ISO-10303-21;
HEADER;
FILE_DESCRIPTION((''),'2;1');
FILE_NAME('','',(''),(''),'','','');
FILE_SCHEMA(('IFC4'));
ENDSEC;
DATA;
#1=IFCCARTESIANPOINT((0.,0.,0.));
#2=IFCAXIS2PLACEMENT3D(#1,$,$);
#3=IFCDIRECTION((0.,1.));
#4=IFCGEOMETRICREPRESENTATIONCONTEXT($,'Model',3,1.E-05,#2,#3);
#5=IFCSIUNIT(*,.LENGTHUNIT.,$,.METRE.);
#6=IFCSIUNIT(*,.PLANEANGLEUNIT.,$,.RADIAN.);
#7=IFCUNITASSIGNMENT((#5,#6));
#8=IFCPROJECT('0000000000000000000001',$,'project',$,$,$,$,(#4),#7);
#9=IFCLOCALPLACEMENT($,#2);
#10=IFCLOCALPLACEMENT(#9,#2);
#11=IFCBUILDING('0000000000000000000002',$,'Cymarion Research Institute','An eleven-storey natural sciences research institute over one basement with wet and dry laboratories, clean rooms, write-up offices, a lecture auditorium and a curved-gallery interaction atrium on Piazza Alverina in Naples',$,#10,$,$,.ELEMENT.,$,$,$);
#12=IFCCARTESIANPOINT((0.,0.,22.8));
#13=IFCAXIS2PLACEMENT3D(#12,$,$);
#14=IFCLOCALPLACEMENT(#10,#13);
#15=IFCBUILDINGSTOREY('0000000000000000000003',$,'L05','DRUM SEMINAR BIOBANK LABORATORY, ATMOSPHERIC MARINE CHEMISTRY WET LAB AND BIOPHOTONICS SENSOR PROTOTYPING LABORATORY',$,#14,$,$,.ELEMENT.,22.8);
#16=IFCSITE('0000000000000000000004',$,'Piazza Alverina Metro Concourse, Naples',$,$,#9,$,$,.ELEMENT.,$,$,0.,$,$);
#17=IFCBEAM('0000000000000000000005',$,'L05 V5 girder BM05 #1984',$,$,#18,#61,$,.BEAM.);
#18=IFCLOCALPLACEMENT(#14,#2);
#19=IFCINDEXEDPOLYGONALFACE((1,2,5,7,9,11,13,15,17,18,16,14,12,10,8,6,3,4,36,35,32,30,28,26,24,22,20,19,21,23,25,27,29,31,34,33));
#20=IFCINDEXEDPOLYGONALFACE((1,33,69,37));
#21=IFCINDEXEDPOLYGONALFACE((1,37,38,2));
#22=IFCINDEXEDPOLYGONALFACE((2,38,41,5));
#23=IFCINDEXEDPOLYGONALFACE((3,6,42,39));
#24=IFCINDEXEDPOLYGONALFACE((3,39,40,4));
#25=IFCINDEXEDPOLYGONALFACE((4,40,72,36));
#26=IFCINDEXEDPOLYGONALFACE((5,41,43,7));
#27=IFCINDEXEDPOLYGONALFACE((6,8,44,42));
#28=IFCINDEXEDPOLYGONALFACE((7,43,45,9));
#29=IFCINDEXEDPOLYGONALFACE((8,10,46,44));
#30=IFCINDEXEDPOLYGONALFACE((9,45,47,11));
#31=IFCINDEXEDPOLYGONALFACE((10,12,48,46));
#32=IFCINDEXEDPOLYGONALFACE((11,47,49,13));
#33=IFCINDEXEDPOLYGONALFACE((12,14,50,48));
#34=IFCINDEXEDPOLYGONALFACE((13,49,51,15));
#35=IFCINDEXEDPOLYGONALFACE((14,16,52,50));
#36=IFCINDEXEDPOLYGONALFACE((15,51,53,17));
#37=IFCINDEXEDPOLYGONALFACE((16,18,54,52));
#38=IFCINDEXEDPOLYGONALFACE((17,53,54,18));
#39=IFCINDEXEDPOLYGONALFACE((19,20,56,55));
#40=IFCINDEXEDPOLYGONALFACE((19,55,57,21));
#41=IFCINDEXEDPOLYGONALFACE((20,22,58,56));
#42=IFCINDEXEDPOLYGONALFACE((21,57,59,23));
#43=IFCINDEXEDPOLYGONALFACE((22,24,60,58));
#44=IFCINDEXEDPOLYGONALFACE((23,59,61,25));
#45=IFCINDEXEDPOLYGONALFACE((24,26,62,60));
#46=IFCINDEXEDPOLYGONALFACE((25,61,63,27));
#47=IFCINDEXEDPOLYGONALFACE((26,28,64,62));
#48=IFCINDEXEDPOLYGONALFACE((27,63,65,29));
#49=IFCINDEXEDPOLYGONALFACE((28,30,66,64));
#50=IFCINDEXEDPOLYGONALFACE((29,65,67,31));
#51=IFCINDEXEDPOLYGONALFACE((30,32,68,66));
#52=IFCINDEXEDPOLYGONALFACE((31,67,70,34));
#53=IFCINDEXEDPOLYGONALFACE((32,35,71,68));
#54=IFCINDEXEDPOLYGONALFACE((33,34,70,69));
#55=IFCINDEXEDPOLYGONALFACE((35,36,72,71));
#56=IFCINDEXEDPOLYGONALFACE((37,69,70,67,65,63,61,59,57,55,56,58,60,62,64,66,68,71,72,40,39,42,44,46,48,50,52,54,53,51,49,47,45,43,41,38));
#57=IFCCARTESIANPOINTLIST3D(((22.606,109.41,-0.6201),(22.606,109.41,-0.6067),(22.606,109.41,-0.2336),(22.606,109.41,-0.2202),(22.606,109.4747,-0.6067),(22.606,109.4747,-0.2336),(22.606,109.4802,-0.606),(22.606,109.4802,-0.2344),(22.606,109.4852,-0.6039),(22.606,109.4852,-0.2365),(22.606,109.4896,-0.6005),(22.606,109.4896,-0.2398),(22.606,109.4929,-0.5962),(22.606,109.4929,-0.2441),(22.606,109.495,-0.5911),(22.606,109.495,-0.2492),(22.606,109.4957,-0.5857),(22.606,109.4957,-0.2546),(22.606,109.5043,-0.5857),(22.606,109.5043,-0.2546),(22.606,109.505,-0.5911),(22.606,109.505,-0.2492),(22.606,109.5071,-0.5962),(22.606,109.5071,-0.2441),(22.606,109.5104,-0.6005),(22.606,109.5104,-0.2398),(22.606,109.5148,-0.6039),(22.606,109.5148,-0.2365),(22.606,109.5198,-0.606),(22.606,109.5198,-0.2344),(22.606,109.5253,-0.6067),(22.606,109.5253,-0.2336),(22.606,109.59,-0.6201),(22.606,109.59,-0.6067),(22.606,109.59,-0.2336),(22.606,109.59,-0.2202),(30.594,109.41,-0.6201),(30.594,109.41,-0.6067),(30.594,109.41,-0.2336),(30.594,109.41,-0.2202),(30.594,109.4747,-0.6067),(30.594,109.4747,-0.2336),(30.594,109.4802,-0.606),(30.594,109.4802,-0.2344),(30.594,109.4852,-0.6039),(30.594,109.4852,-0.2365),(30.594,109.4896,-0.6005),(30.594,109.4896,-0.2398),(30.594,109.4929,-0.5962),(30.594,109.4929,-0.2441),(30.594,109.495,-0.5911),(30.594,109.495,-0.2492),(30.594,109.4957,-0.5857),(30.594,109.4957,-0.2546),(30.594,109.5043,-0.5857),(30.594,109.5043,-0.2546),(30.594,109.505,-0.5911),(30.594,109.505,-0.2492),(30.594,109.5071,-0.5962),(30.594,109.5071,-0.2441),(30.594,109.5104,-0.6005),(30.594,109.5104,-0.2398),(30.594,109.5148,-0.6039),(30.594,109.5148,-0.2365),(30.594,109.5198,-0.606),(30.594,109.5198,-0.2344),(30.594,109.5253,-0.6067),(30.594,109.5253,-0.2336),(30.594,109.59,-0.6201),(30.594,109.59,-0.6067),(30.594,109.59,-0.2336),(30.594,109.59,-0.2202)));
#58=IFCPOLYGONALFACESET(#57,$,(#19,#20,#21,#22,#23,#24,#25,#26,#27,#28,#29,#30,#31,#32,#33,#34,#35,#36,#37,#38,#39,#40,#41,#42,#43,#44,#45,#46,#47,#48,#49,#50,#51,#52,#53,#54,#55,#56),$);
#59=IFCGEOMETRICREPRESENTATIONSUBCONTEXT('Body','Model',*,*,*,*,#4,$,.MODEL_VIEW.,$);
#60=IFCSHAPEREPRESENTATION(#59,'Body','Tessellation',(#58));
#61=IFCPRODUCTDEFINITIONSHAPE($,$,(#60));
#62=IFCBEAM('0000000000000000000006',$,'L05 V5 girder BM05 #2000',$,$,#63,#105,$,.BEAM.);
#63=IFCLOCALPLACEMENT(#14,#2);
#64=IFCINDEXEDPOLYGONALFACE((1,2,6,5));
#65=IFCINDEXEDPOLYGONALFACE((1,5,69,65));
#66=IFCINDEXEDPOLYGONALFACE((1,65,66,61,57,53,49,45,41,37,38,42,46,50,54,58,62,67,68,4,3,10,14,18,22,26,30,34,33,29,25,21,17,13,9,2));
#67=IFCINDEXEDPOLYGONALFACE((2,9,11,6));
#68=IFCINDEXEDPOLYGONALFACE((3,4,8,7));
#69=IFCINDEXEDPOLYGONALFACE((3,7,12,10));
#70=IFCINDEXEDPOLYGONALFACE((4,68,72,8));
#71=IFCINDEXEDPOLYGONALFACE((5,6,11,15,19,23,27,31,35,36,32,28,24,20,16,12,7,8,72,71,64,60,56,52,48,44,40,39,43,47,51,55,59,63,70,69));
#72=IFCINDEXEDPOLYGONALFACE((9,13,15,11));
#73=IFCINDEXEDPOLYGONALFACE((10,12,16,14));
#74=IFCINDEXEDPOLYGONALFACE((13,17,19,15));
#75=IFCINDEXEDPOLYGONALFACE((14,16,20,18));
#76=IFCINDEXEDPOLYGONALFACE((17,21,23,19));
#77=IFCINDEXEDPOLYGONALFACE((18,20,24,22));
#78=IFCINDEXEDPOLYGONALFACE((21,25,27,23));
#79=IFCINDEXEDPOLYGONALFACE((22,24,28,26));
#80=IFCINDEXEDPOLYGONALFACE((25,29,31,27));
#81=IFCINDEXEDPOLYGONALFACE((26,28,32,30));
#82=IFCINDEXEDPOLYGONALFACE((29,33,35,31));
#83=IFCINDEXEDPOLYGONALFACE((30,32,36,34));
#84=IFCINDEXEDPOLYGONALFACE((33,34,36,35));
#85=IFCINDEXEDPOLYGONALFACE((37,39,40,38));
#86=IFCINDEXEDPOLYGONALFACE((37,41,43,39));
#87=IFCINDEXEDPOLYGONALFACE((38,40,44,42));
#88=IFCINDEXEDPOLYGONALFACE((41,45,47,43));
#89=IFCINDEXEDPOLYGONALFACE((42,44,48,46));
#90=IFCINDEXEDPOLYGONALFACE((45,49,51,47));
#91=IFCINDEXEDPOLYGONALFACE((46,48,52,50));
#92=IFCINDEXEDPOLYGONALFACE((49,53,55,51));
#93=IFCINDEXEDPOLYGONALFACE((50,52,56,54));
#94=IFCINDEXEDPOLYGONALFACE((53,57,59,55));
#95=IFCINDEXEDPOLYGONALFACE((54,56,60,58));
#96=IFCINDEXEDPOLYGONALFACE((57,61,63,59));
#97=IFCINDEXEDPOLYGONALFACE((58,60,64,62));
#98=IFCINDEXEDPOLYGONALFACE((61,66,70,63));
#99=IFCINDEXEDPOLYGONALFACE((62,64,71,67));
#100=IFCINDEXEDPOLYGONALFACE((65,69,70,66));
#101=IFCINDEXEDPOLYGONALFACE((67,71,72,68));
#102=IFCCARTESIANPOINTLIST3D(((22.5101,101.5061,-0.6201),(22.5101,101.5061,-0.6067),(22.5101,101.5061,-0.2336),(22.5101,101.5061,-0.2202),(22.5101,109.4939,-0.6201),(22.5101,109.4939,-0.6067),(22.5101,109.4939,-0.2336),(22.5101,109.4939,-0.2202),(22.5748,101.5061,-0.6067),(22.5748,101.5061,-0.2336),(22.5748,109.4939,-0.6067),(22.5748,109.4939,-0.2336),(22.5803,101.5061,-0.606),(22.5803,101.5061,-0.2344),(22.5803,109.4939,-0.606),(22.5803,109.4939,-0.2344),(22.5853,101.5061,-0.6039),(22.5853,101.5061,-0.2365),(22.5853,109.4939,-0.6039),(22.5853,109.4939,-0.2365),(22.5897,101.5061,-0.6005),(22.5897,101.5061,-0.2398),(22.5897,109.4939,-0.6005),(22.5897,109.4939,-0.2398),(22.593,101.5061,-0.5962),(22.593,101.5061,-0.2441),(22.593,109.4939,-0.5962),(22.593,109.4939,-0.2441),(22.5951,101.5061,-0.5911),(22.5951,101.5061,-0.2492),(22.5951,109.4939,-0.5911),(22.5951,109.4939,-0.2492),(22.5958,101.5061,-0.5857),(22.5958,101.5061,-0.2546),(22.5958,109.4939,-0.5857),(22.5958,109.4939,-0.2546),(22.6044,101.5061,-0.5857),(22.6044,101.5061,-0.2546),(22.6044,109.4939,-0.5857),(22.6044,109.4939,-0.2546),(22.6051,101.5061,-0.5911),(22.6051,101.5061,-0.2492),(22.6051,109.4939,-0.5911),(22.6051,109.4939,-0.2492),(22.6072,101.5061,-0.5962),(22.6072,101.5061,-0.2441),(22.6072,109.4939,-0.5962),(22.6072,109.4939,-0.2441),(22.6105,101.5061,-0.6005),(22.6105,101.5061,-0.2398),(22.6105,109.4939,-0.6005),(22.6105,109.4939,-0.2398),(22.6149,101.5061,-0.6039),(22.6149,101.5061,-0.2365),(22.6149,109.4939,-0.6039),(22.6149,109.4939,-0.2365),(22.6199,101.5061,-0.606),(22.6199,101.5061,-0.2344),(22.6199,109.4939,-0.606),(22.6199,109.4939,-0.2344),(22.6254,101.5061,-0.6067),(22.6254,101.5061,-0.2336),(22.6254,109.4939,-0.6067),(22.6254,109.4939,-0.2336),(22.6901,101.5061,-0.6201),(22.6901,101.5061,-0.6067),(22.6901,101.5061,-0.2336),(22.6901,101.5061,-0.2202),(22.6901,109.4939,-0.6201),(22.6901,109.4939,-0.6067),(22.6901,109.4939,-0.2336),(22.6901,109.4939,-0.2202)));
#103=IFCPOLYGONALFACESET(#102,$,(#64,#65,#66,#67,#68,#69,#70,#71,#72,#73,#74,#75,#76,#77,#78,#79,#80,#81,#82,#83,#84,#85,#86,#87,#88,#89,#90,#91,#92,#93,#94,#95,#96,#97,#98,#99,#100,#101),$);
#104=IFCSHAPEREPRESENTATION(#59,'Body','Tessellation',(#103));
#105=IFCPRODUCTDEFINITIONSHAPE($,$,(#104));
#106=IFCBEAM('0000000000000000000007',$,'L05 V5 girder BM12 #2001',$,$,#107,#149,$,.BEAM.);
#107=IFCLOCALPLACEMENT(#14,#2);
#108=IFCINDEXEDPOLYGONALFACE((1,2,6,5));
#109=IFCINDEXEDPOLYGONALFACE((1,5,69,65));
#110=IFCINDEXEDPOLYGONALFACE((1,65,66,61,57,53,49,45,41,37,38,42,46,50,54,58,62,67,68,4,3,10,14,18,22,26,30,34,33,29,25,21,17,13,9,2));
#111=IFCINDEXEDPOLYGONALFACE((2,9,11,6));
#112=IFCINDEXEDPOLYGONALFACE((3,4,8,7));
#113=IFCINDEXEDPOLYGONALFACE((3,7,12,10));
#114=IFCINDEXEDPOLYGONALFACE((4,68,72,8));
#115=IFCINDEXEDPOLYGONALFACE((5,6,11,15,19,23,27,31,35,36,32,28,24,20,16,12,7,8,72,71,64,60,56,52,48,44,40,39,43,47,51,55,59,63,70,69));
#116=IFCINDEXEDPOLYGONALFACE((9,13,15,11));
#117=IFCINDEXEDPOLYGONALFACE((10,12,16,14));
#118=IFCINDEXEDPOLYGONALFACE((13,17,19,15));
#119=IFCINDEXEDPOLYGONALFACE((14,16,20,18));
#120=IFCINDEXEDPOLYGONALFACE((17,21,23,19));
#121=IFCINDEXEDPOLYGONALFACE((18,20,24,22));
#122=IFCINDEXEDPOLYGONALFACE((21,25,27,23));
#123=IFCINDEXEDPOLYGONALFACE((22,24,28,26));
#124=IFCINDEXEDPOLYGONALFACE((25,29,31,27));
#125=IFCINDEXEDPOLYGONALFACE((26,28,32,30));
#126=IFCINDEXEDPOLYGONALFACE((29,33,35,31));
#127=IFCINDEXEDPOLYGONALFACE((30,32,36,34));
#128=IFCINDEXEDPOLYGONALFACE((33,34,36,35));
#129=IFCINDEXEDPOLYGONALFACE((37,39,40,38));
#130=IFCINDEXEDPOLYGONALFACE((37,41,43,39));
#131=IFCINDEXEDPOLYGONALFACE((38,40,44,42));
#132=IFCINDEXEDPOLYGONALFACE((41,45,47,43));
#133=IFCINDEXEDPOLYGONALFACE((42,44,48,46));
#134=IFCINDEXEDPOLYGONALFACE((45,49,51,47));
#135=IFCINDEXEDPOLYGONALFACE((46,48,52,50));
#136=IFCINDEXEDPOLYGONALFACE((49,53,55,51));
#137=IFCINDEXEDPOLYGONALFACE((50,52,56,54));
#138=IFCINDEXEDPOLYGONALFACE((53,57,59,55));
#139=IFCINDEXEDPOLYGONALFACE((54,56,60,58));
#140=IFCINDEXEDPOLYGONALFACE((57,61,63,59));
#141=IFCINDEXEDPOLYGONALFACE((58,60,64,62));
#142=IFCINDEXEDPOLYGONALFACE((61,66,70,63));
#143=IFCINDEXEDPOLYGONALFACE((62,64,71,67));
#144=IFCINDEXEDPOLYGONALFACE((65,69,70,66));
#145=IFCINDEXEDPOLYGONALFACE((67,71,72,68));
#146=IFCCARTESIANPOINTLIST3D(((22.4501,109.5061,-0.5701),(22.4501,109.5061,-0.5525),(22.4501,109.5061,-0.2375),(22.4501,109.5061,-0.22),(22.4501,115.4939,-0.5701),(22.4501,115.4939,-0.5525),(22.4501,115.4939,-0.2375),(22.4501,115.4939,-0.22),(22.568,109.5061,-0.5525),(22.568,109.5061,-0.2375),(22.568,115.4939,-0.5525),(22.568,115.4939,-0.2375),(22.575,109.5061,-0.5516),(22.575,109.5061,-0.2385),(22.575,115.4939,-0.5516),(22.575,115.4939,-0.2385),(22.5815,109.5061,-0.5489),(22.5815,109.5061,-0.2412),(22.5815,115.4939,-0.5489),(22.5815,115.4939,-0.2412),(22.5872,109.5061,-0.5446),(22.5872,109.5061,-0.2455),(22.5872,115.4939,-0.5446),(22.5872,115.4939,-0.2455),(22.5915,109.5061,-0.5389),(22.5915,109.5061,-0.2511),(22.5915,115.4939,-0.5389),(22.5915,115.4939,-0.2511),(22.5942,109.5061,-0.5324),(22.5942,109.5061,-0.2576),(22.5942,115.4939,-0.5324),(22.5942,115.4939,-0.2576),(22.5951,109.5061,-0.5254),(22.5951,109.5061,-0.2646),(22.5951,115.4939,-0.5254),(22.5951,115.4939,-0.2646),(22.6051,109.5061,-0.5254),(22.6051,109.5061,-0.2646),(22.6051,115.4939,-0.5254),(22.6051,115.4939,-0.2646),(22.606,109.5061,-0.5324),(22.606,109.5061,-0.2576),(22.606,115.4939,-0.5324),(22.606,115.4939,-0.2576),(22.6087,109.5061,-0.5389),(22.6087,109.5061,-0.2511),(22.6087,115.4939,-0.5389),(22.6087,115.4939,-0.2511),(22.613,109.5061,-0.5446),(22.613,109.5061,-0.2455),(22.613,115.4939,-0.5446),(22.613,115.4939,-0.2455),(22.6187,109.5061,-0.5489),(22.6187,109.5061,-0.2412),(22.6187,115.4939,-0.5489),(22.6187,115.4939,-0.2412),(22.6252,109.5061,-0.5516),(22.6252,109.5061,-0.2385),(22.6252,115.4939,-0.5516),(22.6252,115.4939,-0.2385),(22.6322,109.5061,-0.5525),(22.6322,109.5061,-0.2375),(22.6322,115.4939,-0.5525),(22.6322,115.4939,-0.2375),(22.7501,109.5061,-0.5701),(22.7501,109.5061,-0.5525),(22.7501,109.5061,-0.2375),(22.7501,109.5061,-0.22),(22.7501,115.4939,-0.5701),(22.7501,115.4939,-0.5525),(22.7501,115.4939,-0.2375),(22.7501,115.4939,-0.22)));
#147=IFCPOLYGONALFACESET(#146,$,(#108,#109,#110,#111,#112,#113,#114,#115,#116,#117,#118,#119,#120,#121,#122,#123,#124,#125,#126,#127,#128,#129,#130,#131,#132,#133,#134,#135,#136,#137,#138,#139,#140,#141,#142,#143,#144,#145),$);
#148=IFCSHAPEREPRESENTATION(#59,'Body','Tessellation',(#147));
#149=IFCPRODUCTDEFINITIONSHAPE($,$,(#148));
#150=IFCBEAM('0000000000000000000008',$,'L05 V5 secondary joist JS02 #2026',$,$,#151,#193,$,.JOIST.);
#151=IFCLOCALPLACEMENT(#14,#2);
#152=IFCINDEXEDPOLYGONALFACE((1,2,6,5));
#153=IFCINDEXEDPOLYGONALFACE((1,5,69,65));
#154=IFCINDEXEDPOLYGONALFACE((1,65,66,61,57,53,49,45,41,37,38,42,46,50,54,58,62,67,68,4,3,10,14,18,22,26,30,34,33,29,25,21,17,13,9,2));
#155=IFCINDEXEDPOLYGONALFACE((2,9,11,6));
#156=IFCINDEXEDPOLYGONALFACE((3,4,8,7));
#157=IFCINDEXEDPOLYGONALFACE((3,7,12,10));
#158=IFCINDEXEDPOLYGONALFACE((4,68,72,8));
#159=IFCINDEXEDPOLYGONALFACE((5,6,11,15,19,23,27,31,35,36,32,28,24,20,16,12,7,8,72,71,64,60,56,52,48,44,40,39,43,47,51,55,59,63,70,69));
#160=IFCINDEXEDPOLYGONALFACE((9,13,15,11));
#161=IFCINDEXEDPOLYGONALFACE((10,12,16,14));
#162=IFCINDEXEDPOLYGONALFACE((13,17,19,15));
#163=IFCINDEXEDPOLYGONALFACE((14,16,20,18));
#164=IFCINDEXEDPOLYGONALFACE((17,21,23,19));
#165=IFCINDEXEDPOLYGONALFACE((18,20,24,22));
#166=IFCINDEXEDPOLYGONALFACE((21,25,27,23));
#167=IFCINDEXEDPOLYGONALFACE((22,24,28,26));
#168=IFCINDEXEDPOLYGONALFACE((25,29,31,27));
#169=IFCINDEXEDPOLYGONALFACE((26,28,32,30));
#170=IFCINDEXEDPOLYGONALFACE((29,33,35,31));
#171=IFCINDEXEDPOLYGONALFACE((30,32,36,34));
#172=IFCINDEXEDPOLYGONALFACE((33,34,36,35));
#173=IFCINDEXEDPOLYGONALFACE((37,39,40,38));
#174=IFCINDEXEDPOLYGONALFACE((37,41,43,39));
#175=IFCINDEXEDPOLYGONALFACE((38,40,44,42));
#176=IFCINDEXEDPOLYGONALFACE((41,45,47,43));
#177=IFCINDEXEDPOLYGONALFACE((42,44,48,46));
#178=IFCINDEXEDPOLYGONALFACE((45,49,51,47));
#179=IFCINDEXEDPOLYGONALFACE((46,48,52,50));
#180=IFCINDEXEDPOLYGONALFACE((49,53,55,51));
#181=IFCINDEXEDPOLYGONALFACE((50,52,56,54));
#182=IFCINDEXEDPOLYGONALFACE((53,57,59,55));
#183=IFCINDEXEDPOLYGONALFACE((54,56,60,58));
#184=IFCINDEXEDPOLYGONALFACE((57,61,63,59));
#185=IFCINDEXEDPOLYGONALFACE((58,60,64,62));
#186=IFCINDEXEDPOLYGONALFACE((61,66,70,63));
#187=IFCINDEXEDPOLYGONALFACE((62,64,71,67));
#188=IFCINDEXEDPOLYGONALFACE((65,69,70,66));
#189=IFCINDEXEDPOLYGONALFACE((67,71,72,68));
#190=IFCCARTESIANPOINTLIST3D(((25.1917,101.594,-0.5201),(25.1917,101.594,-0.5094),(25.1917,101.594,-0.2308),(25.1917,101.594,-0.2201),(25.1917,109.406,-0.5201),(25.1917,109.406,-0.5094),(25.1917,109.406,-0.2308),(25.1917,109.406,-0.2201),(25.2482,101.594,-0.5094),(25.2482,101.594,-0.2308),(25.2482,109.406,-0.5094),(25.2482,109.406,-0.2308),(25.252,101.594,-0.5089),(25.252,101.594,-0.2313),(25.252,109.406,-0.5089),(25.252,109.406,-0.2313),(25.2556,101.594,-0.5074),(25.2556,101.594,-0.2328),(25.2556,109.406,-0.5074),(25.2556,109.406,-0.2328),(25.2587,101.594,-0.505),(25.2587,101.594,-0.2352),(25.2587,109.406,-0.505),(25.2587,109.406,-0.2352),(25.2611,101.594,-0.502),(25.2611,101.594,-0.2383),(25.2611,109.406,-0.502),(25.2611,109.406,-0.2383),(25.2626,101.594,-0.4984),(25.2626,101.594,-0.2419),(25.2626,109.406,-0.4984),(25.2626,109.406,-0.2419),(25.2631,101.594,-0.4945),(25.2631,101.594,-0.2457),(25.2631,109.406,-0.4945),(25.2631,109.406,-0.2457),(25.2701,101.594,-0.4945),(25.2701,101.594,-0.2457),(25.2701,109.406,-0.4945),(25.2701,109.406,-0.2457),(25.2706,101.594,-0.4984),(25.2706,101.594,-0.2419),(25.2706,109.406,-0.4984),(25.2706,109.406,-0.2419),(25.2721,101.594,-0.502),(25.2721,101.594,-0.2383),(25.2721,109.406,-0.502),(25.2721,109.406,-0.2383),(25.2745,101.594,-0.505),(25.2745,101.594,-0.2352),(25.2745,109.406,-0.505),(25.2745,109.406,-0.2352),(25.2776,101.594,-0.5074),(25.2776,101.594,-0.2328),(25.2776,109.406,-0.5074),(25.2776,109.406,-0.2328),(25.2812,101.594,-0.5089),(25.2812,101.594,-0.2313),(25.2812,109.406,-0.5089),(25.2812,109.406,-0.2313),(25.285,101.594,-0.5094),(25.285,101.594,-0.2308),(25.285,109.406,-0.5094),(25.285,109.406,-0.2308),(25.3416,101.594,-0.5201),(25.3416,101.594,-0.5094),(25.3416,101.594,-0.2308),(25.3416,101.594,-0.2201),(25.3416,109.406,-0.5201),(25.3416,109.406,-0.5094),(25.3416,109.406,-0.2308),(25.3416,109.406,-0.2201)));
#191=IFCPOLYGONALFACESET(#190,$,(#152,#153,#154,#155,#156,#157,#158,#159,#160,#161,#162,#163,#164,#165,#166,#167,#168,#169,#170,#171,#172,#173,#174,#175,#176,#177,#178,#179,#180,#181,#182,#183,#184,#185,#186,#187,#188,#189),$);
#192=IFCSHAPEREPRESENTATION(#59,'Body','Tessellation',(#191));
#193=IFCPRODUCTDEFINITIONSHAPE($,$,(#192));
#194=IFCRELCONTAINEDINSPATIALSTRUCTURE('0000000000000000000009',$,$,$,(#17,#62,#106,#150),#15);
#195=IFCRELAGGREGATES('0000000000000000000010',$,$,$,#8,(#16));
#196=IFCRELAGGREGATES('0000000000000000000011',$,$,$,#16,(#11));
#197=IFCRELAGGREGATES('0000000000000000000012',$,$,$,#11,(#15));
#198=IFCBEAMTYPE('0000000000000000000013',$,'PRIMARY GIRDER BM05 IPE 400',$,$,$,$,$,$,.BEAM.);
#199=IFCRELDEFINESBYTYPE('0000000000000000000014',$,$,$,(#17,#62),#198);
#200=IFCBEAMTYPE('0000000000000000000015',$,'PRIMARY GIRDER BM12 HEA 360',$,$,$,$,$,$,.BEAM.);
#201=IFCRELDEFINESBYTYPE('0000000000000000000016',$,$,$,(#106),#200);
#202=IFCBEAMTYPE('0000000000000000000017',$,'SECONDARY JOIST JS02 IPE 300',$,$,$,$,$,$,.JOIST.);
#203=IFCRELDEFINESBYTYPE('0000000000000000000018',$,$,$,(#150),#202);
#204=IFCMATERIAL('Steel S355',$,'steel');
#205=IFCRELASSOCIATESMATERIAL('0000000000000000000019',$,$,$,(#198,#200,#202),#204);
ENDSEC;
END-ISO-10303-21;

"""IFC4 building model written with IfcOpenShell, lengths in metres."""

from ifc_helpers import new_model, si_unit, direction, frame, origin, origin_2d, place, context, subcontext, project, spatial, i_section, extrude, material, material_profile, profile_set, type_object, element, save


model = new_model("IFC4")

# Units and contexts
model_context = context("Model", 3, precision=1e-05, world=origin(), true_north=direction((0.0, 1.0)))
body_context = subcontext(model_context, "Body", "Model", "MODEL_VIEW")
ifc_project = project(units=[si_unit("LENGTHUNIT", "METRE"), si_unit("PLANEANGLEUNIT", "RADIAN")], contexts=[model_context])

# Site, building, storey
site_placement = place(None, origin())
site = spatial("IfcSite", under=ifc_project, at=site_placement, Name="Piazza Alverina Metro Concourse, Naples", CompositionType="ELEMENT", RefElevation=0.0)
building_placement = place(site_placement, origin())
building = spatial("IfcBuilding", under=site, at=building_placement, Name="Cymarion Research Institute", Description="An eleven-storey natural sciences research institute over one basement with wet and dry laboratories, clean rooms, write-up offices, a lecture auditorium and a curved-gallery interaction atrium on Piazza Alverina in Naples", CompositionType="ELEMENT")
storey_placement = place(building_placement, frame((0.0, 0.0, 22.8)))
storey = spatial("IfcBuildingStorey", under=building, at=storey_placement, Name="L05", Description="DRUM SEMINAR BIOBANK LABORATORY, ATMOSPHERIC MARINE CHEMISTRY WET LAB AND BIOPHOTONICS SENSOR PROTOTYPING LABORATORY", CompositionType="ELEMENT", Elevation=22.8)

# Shared definitions
ifc_material_1 = material(Name="Steel S355", Category="steel")

# Beams
ifc_material_profile_1 = material_profile(ifc_material_1, i_section(OverallWidth=0.1799, OverallDepth=0.3999, WebThickness=0.0085, FlangeThickness=0.0134, FilletRadius=0.021, at=origin_2d()), Name="IPE 400")
ifc_profile_set_1 = profile_set([ifc_material_profile_1], Name="Steel S355")
beam_type_1 = type_object("IfcBeamType", Name="PRIMARY GIRDER BM05 IPE 400", PredefinedType="BEAM", material=ifc_profile_set_1)
for number, where, z_axis, x_axis, name in (
    (1, (22.606, 109.5, -0.4202), (1.0, 0.0, 0.0), (0.0, 1.0, 0.0), "L05 V5 girder BM05 #1984"),
):
    element("IfcBeam", number, at=place(storey_placement, frame(where, z_axis=z_axis, x_axis=x_axis)), inside=storey, type_object=beam_type_1, Name=name, PredefinedType="BEAM", context=body_context, shape_type="SweptSolid", body=[
        extrude(i_section(OverallWidth=0.1799, OverallDepth=0.3999, WebThickness=0.0085, FlangeThickness=0.0134, FilletRadius=0.021, at=origin_2d()), origin(), (0.0, 0.0, 1.0), 7.988),
    ])
beam_1_placement = place(storey_placement, frame((22.6001, 101.5061, -0.4202), z_axis=(0.0, 1.0, 0.0), x_axis=(-1.0, 0.0, 0.0)))
element("IfcBeam", 2, at=beam_1_placement, inside=storey, type_object=beam_type_1, Name="L05 V5 girder BM05 #2000", PredefinedType="BEAM", context=body_context, shape_type="SweptSolid", body=[
    extrude(i_section(OverallWidth=0.1799, OverallDepth=0.3999, WebThickness=0.0085, FlangeThickness=0.0134, FilletRadius=0.021, at=origin_2d()), origin(), (0.0, 0.0, 1.0), 7.9878),
])
ifc_material_profile_2 = material_profile(ifc_material_1, i_section(OverallWidth=0.3, OverallDepth=0.3501, WebThickness=0.01, FlangeThickness=0.0176, FilletRadius=0.0271, at=origin_2d()), Name="HEA 360")
ifc_profile_set_2 = profile_set([ifc_material_profile_2], Name="Steel S355")
beam_type_2 = type_object("IfcBeamType", Name="PRIMARY GIRDER BM12 HEA 360", PredefinedType="BEAM", material=ifc_profile_set_2)
beam_2_placement = place(storey_placement, frame((22.6001, 109.5061, -0.395), z_axis=(0.0, 1.0, 0.0), x_axis=(-1.0, 0.0, 0.0)))
element("IfcBeam", 3, at=beam_2_placement, inside=storey, type_object=beam_type_2, Name="L05 V5 girder BM12 #2001", PredefinedType="BEAM", context=body_context, shape_type="SweptSolid", body=[
    extrude(i_section(OverallWidth=0.3, OverallDepth=0.3501, WebThickness=0.01, FlangeThickness=0.0176, FilletRadius=0.0271, at=origin_2d()), origin(), (0.0, 0.0, 1.0), 5.9878),
])
ifc_material_profile_3 = material_profile(ifc_material_1, i_section(OverallWidth=0.1499, OverallDepth=0.3, WebThickness=0.0071, FlangeThickness=0.0107, FilletRadius=0.0149, at=origin_2d()), Name="IPE 300")
ifc_profile_set_3 = profile_set([ifc_material_profile_3], Name="Steel S355")
beam_type_3 = type_object("IfcBeamType", Name="SECONDARY JOIST JS02 IPE 300", PredefinedType="JOIST", material=ifc_profile_set_3)
beam_3_placement = place(storey_placement, frame((25.2666, 101.594, -0.3701), z_axis=(0.0, 1.0, 0.0), x_axis=(-1.0, 0.0, 0.0)))
element("IfcBeam", 4, at=beam_3_placement, inside=storey, type_object=beam_type_3, Name="L05 V5 secondary joist JS02 #2026", PredefinedType="JOIST", context=body_context, shape_type="SweptSolid", body=[
    extrude(i_section(OverallWidth=0.1499, OverallDepth=0.3, WebThickness=0.0071, FlangeThickness=0.0107, FilletRadius=0.0149, at=origin_2d()), origin(), (0.0, 0.0, 1.0), 7.812),
])

save(model, "model.ifc")
